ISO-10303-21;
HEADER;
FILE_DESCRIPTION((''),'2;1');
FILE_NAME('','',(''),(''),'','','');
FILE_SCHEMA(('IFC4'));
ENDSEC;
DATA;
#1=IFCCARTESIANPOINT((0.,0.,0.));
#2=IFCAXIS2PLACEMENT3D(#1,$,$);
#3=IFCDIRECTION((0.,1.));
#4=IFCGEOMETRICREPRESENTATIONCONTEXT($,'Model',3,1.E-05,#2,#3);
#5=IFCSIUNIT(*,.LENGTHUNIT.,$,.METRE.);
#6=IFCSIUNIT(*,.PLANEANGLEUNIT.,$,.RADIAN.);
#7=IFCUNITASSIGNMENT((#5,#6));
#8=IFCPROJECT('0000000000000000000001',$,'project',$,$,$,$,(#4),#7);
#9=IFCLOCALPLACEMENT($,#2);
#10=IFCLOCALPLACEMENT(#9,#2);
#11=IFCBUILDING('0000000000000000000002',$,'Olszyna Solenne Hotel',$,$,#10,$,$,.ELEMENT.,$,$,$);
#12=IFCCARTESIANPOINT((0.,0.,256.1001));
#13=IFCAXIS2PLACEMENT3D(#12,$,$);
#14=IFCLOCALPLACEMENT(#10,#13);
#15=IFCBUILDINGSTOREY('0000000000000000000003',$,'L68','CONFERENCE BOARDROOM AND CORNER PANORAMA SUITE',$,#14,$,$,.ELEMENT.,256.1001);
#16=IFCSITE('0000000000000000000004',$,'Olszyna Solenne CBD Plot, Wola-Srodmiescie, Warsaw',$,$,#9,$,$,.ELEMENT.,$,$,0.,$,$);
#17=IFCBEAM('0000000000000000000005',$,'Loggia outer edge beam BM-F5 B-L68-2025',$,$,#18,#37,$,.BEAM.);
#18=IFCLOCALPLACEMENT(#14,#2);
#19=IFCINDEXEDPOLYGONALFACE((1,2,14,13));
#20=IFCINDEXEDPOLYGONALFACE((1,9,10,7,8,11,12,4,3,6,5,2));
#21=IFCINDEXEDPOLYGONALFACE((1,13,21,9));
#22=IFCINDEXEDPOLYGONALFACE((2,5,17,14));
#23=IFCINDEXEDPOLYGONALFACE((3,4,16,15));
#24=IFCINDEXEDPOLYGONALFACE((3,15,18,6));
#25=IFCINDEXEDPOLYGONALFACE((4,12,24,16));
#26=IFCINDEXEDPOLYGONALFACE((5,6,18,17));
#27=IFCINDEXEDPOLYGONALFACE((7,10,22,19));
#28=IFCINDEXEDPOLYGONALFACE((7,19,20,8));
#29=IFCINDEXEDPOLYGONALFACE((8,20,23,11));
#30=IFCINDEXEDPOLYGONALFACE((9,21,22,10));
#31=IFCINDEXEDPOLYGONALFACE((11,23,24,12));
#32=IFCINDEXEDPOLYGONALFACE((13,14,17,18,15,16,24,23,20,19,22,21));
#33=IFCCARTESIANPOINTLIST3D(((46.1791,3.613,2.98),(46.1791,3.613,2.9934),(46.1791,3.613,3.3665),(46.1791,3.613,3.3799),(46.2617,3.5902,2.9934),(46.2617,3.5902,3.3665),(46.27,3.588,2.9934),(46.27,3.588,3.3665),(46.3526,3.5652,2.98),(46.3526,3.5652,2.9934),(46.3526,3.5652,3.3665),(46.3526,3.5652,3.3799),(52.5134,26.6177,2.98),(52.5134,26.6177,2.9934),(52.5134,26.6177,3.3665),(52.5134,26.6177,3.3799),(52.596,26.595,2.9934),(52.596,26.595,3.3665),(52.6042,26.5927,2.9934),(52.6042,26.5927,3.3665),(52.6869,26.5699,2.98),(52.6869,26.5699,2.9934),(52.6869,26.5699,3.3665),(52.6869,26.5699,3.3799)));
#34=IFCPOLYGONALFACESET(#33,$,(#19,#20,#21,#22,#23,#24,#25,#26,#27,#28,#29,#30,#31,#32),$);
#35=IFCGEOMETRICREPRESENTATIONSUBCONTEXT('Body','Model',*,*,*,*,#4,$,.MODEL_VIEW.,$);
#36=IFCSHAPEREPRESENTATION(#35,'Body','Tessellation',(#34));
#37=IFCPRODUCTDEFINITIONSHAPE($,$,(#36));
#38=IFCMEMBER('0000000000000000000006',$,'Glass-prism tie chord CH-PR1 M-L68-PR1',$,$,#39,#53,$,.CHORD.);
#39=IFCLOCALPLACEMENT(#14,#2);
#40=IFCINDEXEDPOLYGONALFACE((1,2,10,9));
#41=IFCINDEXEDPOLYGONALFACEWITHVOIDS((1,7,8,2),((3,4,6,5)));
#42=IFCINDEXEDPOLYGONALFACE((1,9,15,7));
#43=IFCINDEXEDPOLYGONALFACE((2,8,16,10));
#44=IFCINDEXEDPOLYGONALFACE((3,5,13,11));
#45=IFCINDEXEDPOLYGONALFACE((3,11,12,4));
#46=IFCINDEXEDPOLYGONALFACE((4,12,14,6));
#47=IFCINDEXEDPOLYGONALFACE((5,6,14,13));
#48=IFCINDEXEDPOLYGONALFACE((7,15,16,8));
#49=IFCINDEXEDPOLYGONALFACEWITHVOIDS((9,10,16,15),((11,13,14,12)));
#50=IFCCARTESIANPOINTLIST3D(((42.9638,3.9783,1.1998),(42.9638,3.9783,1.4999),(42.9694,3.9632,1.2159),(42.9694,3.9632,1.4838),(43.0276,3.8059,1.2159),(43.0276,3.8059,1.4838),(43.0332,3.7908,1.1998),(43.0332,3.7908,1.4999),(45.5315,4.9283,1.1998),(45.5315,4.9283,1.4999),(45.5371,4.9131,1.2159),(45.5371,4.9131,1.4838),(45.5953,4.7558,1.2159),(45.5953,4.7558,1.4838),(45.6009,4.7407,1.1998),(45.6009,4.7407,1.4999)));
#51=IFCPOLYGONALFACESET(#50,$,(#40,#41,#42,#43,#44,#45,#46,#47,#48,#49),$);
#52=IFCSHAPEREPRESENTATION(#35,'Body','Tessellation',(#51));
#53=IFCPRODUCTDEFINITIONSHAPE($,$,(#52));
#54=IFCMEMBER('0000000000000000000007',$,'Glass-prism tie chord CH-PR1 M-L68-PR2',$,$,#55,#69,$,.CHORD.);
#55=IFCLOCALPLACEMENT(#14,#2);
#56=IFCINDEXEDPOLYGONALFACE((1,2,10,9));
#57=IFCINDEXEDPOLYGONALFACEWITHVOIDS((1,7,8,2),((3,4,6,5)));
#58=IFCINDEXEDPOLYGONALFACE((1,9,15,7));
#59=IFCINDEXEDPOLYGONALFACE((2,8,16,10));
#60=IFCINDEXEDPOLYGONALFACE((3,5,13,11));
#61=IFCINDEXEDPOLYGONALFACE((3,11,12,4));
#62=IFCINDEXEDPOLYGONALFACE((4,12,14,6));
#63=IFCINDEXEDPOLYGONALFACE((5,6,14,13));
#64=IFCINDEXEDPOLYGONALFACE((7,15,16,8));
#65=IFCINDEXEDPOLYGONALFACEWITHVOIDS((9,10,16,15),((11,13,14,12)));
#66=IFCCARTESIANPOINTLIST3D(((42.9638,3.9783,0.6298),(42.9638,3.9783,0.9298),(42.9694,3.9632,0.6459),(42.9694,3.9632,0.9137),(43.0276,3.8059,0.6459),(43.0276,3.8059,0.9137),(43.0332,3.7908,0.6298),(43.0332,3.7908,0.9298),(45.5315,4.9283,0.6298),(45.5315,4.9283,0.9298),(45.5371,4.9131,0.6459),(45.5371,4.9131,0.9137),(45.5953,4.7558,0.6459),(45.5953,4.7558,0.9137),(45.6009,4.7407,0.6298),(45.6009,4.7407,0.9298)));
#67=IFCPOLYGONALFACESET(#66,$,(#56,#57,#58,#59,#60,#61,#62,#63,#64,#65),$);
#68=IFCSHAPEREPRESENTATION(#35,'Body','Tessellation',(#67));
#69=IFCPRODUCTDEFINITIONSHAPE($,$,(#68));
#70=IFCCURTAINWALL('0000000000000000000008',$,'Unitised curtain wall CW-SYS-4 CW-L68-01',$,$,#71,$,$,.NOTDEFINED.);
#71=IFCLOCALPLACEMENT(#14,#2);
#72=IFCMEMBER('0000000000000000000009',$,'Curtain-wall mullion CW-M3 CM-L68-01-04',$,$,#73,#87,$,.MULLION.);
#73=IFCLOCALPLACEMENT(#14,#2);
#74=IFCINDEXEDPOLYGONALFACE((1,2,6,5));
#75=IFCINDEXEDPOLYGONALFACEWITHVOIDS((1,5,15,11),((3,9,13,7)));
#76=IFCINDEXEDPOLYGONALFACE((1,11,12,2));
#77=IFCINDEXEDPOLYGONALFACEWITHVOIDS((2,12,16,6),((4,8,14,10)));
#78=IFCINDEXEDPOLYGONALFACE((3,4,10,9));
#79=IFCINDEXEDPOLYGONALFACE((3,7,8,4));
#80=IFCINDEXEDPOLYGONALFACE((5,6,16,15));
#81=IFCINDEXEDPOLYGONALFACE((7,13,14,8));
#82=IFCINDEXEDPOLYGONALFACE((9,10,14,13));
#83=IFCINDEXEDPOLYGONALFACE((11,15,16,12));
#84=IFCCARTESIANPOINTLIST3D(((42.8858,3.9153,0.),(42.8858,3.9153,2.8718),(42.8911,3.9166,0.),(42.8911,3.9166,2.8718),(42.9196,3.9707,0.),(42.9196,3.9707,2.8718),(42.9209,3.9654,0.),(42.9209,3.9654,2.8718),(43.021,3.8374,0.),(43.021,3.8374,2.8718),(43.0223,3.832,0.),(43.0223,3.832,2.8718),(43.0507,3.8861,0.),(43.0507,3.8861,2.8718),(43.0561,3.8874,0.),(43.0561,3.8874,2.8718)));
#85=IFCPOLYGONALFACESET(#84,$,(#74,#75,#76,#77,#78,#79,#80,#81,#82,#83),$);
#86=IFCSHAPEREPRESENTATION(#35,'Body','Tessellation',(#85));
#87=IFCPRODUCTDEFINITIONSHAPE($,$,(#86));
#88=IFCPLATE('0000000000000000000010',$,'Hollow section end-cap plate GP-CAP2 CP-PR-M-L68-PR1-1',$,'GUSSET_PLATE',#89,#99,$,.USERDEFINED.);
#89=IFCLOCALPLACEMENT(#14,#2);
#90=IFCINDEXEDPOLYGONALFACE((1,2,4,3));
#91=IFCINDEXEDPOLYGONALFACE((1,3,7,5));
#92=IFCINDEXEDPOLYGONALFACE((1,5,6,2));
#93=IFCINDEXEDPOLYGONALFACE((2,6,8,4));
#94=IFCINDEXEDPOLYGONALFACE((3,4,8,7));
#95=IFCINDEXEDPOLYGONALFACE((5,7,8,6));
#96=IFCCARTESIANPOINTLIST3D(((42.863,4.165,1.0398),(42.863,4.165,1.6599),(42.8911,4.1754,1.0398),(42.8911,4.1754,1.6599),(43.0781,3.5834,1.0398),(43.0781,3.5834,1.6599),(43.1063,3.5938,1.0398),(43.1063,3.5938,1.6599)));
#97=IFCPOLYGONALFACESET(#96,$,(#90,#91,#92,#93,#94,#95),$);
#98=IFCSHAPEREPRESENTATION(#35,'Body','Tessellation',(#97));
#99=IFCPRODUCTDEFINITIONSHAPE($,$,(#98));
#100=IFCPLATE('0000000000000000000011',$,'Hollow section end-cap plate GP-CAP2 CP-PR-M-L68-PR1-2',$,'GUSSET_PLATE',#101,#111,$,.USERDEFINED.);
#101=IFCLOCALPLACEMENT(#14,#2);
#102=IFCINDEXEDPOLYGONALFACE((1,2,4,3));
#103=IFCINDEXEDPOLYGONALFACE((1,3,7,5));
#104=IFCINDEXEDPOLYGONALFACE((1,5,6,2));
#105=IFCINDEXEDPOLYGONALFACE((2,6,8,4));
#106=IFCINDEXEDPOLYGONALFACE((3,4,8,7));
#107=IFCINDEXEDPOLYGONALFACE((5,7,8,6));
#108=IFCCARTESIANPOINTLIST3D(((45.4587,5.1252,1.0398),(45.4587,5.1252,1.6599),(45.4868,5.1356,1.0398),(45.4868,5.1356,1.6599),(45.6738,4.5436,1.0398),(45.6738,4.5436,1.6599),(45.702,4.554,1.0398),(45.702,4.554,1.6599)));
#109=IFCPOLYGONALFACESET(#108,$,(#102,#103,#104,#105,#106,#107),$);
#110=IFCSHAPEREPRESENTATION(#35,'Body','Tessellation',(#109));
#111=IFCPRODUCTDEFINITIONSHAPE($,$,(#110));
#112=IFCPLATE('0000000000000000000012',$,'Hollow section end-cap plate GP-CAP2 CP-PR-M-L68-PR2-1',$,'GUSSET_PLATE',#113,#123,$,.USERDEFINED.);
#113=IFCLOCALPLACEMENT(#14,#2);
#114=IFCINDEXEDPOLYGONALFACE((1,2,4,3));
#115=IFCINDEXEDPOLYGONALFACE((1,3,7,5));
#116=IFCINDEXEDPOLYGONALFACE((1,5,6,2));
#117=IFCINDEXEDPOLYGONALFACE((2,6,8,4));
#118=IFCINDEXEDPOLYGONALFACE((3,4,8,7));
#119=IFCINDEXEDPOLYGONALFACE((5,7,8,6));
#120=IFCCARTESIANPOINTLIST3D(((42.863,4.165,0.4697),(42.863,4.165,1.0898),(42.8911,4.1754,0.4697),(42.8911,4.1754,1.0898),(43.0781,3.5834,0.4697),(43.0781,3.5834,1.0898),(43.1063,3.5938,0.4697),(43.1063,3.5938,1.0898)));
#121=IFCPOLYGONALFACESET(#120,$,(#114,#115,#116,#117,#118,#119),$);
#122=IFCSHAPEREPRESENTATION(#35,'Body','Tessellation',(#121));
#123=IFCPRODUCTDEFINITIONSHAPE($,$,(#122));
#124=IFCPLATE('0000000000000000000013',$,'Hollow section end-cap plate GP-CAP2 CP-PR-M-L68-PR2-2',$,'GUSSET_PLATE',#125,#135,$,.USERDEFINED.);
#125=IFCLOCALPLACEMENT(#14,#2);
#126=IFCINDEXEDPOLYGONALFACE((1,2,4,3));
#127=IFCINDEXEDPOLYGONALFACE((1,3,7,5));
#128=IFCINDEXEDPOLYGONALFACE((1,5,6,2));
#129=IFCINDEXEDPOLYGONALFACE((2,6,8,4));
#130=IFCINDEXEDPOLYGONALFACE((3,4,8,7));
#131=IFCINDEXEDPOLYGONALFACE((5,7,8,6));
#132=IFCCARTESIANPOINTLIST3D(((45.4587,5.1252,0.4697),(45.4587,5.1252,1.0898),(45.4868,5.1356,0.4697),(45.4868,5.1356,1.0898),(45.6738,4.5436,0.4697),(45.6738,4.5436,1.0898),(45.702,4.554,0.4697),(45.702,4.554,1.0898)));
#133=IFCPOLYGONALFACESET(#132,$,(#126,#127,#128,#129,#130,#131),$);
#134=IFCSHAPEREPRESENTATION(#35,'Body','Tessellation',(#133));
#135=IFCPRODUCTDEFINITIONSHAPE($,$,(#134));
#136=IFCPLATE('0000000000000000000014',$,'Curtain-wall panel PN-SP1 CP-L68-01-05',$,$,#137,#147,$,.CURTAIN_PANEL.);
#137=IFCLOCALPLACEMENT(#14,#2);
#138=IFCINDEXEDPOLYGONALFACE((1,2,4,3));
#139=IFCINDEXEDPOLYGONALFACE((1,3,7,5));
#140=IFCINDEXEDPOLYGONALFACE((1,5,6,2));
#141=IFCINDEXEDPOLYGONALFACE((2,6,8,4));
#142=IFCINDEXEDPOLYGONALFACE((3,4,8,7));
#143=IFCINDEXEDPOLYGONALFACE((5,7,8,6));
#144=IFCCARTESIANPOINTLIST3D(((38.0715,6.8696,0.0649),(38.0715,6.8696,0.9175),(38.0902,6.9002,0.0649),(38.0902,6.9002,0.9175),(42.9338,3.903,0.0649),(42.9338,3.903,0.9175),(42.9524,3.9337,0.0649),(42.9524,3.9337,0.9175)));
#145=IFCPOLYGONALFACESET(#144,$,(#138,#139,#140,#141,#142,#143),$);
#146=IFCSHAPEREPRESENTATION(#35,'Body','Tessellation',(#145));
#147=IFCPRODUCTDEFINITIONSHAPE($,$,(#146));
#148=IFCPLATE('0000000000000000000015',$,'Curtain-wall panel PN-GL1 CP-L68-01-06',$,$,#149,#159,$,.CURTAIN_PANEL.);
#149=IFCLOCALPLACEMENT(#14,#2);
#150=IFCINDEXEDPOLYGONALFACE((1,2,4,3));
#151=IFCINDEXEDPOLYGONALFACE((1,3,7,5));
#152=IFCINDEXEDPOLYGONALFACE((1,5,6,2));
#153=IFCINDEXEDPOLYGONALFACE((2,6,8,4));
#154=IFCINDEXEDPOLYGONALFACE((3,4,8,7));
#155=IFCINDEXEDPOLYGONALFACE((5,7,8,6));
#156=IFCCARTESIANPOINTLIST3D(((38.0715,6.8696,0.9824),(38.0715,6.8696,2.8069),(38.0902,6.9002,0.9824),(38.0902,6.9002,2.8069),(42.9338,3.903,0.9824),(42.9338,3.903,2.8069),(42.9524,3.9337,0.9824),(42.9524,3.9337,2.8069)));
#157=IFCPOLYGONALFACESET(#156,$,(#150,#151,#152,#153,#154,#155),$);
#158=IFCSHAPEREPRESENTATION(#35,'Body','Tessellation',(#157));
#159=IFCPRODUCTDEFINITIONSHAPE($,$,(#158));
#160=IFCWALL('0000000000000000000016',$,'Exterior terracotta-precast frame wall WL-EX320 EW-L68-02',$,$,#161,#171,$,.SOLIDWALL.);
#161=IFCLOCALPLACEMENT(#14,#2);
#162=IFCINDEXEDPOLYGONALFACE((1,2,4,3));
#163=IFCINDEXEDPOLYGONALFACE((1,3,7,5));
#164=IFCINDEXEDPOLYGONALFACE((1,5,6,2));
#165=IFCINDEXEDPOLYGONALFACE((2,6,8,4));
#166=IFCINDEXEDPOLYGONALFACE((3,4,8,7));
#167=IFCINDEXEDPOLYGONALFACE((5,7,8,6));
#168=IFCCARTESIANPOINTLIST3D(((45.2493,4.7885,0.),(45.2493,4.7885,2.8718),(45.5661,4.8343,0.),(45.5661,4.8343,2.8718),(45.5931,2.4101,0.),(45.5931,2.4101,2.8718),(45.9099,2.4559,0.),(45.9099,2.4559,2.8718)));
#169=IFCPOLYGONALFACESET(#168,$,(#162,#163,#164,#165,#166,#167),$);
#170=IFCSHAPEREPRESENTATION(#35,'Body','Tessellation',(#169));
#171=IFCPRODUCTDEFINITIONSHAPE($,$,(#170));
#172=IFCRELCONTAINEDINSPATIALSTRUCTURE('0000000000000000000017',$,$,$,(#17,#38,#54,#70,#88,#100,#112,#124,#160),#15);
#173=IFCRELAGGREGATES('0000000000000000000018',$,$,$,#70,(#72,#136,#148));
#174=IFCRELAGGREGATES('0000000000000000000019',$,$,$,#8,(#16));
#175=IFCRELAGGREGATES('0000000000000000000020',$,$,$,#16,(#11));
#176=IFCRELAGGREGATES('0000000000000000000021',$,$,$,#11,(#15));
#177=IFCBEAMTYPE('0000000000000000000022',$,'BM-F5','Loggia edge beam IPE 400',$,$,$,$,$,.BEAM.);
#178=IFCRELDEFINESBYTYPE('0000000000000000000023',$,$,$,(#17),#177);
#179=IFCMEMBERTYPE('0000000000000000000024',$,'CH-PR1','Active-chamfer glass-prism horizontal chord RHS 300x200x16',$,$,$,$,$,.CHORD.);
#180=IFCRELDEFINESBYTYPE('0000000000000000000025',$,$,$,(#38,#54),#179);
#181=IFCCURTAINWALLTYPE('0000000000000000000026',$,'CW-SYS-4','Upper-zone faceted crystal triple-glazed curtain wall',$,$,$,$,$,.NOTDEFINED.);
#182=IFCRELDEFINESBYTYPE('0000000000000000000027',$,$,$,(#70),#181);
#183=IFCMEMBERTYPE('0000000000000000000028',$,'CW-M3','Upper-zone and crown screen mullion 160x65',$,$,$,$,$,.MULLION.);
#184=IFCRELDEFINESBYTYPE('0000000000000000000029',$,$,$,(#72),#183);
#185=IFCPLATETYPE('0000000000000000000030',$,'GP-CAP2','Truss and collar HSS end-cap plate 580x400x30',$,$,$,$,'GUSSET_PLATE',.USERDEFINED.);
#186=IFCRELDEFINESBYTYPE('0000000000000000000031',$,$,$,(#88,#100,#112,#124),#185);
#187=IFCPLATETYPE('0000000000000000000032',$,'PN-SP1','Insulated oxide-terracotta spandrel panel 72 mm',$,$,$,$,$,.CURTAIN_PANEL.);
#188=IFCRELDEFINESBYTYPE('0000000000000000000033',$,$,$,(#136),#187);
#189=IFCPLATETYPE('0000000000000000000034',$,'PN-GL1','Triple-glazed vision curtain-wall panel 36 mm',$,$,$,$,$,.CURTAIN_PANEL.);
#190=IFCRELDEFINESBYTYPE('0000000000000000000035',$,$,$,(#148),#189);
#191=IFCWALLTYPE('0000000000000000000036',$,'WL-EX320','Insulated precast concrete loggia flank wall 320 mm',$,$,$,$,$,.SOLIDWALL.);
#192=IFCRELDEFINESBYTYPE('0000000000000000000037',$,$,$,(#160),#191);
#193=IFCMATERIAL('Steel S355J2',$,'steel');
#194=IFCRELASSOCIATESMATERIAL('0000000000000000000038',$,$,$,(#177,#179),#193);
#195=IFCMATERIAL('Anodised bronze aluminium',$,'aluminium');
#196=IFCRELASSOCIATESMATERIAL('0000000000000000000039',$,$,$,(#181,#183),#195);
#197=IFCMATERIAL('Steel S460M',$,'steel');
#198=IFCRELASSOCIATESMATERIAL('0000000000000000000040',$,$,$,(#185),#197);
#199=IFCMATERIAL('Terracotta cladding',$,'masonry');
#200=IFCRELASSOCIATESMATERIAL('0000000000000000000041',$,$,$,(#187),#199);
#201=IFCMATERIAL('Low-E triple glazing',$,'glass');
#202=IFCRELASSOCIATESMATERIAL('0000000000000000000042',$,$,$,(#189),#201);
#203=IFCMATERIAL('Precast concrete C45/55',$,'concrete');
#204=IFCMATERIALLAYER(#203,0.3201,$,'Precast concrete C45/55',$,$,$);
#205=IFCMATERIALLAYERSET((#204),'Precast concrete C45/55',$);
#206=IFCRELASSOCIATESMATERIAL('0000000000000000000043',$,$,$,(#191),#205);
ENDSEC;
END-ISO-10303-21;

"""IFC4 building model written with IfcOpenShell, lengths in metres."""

from ifc_helpers import new_model, si_unit, direction, frame, frame_2d, origin, origin_2d, place, context, subcontext, project, spatial, rectangle, hollow_rectangle, i_section, extrude, source, transform, mapped, material, layer, layer_set, material_profile, profile_set, type_object, element, aggregate, save


model = new_model("IFC4")

# Units and contexts
model_context = context("Model", 3, precision=1e-05, world=origin(), true_north=direction((0.0, 1.0)))
body_context = subcontext(model_context, "Body", "Model", "MODEL_VIEW")
ifc_project = project(units=[si_unit("LENGTHUNIT", "METRE"), si_unit("PLANEANGLEUNIT", "RADIAN")], contexts=[model_context])

# Site, building, storey
site_placement = place(None, origin())
site = spatial("IfcSite", under=ifc_project, at=site_placement, Name="Olszyna Solenne CBD Plot, Wola-Srodmiescie, Warsaw", CompositionType="ELEMENT", RefElevation=0.0)
building_placement = place(site_placement, origin())
building = spatial("IfcBuilding", under=site, at=building_placement, Name="Olszyna Solenne Hotel", CompositionType="ELEMENT")
storey_placement = place(building_placement, frame((0.0, 0.0, 256.1001)))
storey = spatial("IfcBuildingStorey", under=building, at=storey_placement, Name="L68", Description="CONFERENCE BOARDROOM AND CORNER PANORAMA SUITE", CompositionType="ELEMENT", Elevation=256.1001)

# Shared definitions
ifc_material_1 = material(Name="Steel S460M", Category="steel")

# Beam
ifc_material_2 = material(Name="Steel S355J2", Category="steel")
ifc_material_profile_1 = material_profile(ifc_material_2, i_section(OverallWidth=0.1799, OverallDepth=0.3999, WebThickness=0.0085, FlangeThickness=0.0134, at=origin_2d()), Name="IPE 400", Category="load-bearing")
ifc_profile_set_1 = profile_set([ifc_material_profile_1], Name="Steel S355J2")
beam_type_1 = type_object("IfcBeamType", Name="BM-F5", Description="Loggia edge beam IPE 400", PredefinedType="BEAM", material=ifc_profile_set_1)
shared_shape_1 = source(origin(), body_context, "Body", "SweptSolid", [
    extrude(i_section(OverallWidth=0.1799, OverallDepth=0.3999, WebThickness=0.0085, FlangeThickness=0.0134, at=origin_2d()), origin(), (0.0, 0.0, 1.0), 23.8608),
])
beam_1_placement = place(storey_placement, frame((46.2659, 3.5891, 3.1799), z_axis=(0.265466, 0.96412, 0.0), x_axis=(-0.96412, 0.265466, 0.0)))
element("IfcBeam", 1, at=beam_1_placement, inside=storey, type_object=beam_type_1, Name="Loggia outer edge beam BM-F5 B-L68-2025", PredefinedType="BEAM", context=body_context, shape_type="MappedRepresentation", body=[
    mapped(shared_shape_1, transform((0.0, 0.0, 0.0), x_axis=(1.0, 0.0, 0.0), y_axis=(0.0, 1.0, 0.0), z_axis=(0.0, 0.0, 1.0), scale=1.0)),
])

# Members
ifc_material_profile_2 = material_profile(ifc_material_2, hollow_rectangle(XDim=0.2, YDim=0.3, WallThickness=0.0161, at=origin_2d()), Name="RHS 300x200x16", Category="load-bearing")
ifc_profile_set_2 = profile_set([ifc_material_profile_2], Name="Steel S355J2")
member_type_1 = type_object("IfcMemberType", Name="CH-PR1", Description="Active-chamfer glass-prism horizontal chord RHS 300x200x16", PredefinedType="CHORD", material=ifc_profile_set_2)
shared_shape_2 = source(origin(), body_context, "Body", "SweptSolid", [
    extrude(hollow_rectangle(XDim=0.2, YDim=0.3, WallThickness=0.0161, at=origin_2d()), origin(), (0.0, 0.0, 1.0), 2.7378),
])
for number, where, z_axis, x_axis, name in (
    (2, (42.9985, 3.8845, 1.3499), (0.93787, 0.346986, 0.0), (-0.346986, 0.93787, 0.0), "Glass-prism tie chord CH-PR1 M-L68-PR1"),
    (3, (42.9985, 3.8845, 0.7798), (0.93787, 0.346986, 0.0), (-0.346986, 0.93787, 0.0), "Glass-prism tie chord CH-PR1 M-L68-PR2"),
):
    element("IfcMember", number, at=place(storey_placement, frame(where, z_axis=z_axis, x_axis=x_axis)), inside=storey, type_object=member_type_1, Name=name, PredefinedType="CHORD", context=body_context, shape_type="MappedRepresentation", body=[
        mapped(shared_shape_2, transform((0.0, 0.0, 0.0), x_axis=(1.0, 0.0, 0.0), y_axis=(0.0, 1.0, 0.0), z_axis=(0.0, 0.0, 1.0), scale=1.0)),
    ])

# Curtain wall, member
ifc_material_3 = material(Name="Anodised bronze aluminium", Category="aluminium")
curtain_wall_type = type_object("IfcCurtainWallType", Name="CW-SYS-4", Description="Upper-zone faceted crystal triple-glazed curtain wall", PredefinedType="NOTDEFINED", material=ifc_material_3)
curtain_wall_placement = place(storey_placement, origin())
curtain_wall = element("IfcCurtainWall", 4, at=curtain_wall_placement, inside=storey, type_object=curtain_wall_type, Name="Unitised curtain wall CW-SYS-4 CW-L68-01", PredefinedType="NOTDEFINED")
ifc_material_profile_3 = material_profile(ifc_material_3, hollow_rectangle(XDim=0.0649, YDim=0.1599, WallThickness=0.0039, at=origin_2d()), Name="MULL 160x65x4", Category="load-bearing")
ifc_profile_set_3 = profile_set([ifc_material_profile_3], Name="Anodised bronze aluminium")
member_type_2 = type_object("IfcMemberType", Name="CW-M3", Description="Upper-zone and crown screen mullion 160x65", PredefinedType="MULLION", material=ifc_profile_set_3)
shared_shape_3 = source(origin(), body_context, "Body", "SweptSolid", [
    extrude(hollow_rectangle(XDim=0.0649, YDim=0.1599, WallThickness=0.0039, at=origin_2d()), origin(), (0.0, 0.0, 1.0), 2.8718),
])
member_placement = place(storey_placement, frame((42.9709, 3.9014, 0.0), z_axis=(0.0, 0.0, 1.0), x_axis=(0.520829, 0.853661, 0.0)))
member = element("IfcMember", 5, at=member_placement, type_object=member_type_2, Name="Curtain-wall mullion CW-M3 CM-L68-01-04", PredefinedType="MULLION", context=body_context, shape_type="MappedRepresentation", body=[
    mapped(shared_shape_3, transform((0.0, 0.0, 0.0), x_axis=(1.0, 0.0, 0.0), y_axis=(0.0, 1.0, 0.0), z_axis=(0.0, 0.0, 1.0), scale=1.0)),
])

# Plates
plate_type_1 = type_object("IfcPlateType", Name="GP-CAP2", Description="Truss and collar HSS end-cap plate 580x400x30", ElementType="GUSSET_PLATE", PredefinedType="USERDEFINED", material=ifc_material_1)
shared_shape_4 = source(origin(), body_context, "Body", "SweptSolid", [
    extrude(rectangle(XDim=0.03, YDim=0.6201, at=origin_2d()), origin(), (0.0, 0.0, 1.0), 0.6201),
])
for number, where, z_axis, x_axis, name in (
    (6, (42.9846, 3.8794, 1.0398), (0.0, 0.0, 1.0), (0.937889, 0.346936, 0.0), "Hollow section end-cap plate GP-CAP2 CP-PR-M-L68-PR1-1"),
    (7, (45.5803, 4.8396, 1.0398), (0.0, 0.0, 1.0), (0.937889, 0.346936, 0.0), "Hollow section end-cap plate GP-CAP2 CP-PR-M-L68-PR1-2"),
    (8, (42.9846, 3.8794, 0.4697), (0.0, 0.0, 1.0), (0.937889, 0.346936, 0.0), "Hollow section end-cap plate GP-CAP2 CP-PR-M-L68-PR2-1"),
    (9, (45.5803, 4.8396, 0.4697), (0.0, 0.0, 1.0), (0.937889, 0.346936, 0.0), "Hollow section end-cap plate GP-CAP2 CP-PR-M-L68-PR2-2"),
):
    element("IfcPlate", number, at=place(storey_placement, frame(where, z_axis=z_axis, x_axis=x_axis)), inside=storey, type_object=plate_type_1, Name=name, ObjectType="GUSSET_PLATE", PredefinedType="USERDEFINED", context=body_context, shape_type="MappedRepresentation", body=[
        mapped(shared_shape_4, transform((0.0, 0.0, 0.0), x_axis=(1.0, 0.0, 0.0), y_axis=(0.0, 1.0, 0.0), z_axis=(0.0, 0.0, 1.0), scale=1.0)),
    ])

# Plates
ifc_material_4 = material(Name="Terracotta cladding", Category="masonry")
plate_type_2 = type_object("IfcPlateType", Name="PN-SP1", Description="Insulated oxide-terracotta spandrel panel 72 mm", PredefinedType="CURTAIN_PANEL", material=ifc_material_4)
shared_shape_5 = source(origin(), body_context, "Body", "SweptSolid", [
    extrude(rectangle(XDim=5.6958, YDim=0.0359, at=origin_2d()), origin(), (0.0, 0.0, 1.0), 0.8525),
])
plate_1_placement = place(storey_placement, frame((40.512, 5.4016, 0.0649), z_axis=(0.0, 0.0, 1.0), x_axis=(0.853661, -0.520829, 0.0)))
plate_1 = element("IfcPlate", 10, at=plate_1_placement, type_object=plate_type_2, Name="Curtain-wall panel PN-SP1 CP-L68-01-05", PredefinedType="CURTAIN_PANEL", context=body_context, shape_type="MappedRepresentation", body=[
    mapped(shared_shape_5, transform((0.0, 0.0, 0.0), x_axis=(1.0, 0.0, 0.0), y_axis=(0.0, 1.0, 0.0), z_axis=(0.0, 0.0, 1.0), scale=1.0)),
])
ifc_material_5 = material(Name="Low-E triple glazing", Category="glass")
plate_type_3 = type_object("IfcPlateType", Name="PN-GL1", Description="Triple-glazed vision curtain-wall panel 36 mm", PredefinedType="CURTAIN_PANEL", material=ifc_material_5)
shared_shape_6 = source(origin(), body_context, "Body", "SweptSolid", [
    extrude(rectangle(XDim=5.6958, YDim=0.0359, at=origin_2d()), origin(), (0.0, 0.0, 1.0), 1.8245),
])
plate_2_placement = place(storey_placement, frame((40.512, 5.4016, 0.9824), z_axis=(0.0, 0.0, 1.0), x_axis=(0.853661, -0.520829, 0.0)))
plate_2 = element("IfcPlate", 11, at=plate_2_placement, type_object=plate_type_3, Name="Curtain-wall panel PN-GL1 CP-L68-01-06", PredefinedType="CURTAIN_PANEL", context=body_context, shape_type="MappedRepresentation", body=[
    mapped(shared_shape_6, transform((0.0, 0.0, 0.0), x_axis=(1.0, 0.0, 0.0), y_axis=(0.0, 1.0, 0.0), z_axis=(0.0, 0.0, 1.0), scale=1.0)),
])
aggregate(curtain_wall, [member, plate_1, plate_2])

# Wall
ifc_material_6 = material(Name="Precast concrete C45/55", Category="concrete")
ifc_layer_1 = layer(ifc_material_6, 0.3201, Name="Precast concrete C45/55")
ifc_layer_set_1 = layer_set([ifc_layer_1], Name="Precast concrete C45/55")
wall_type_1 = type_object("IfcWallType", Name="WL-EX320", Description="Insulated precast concrete loggia flank wall 320 mm", PredefinedType="SOLIDWALL", material=ifc_layer_set_1)
wall_1_placement = place(storey_placement, frame((45.4077, 4.8115, 0.0), z_axis=(0.0, 0.0, 1.0), x_axis=(0.143043, -0.989717, 0.0)))
element("IfcWall", 12, at=wall_1_placement, inside=storey, type_object=wall_type_1, Name="Exterior terracotta-precast frame wall WL-EX320 EW-L68-02", PredefinedType="SOLIDWALL", context=body_context, shape_type="SweptSolid", body=[
    extrude(rectangle(XDim=2.4031, YDim=0.3201, at=frame_2d((1.2017, 0.0))), origin(), (0.0, 0.0, 1.0), 2.8718),
])

save(model, "model.ifc")
